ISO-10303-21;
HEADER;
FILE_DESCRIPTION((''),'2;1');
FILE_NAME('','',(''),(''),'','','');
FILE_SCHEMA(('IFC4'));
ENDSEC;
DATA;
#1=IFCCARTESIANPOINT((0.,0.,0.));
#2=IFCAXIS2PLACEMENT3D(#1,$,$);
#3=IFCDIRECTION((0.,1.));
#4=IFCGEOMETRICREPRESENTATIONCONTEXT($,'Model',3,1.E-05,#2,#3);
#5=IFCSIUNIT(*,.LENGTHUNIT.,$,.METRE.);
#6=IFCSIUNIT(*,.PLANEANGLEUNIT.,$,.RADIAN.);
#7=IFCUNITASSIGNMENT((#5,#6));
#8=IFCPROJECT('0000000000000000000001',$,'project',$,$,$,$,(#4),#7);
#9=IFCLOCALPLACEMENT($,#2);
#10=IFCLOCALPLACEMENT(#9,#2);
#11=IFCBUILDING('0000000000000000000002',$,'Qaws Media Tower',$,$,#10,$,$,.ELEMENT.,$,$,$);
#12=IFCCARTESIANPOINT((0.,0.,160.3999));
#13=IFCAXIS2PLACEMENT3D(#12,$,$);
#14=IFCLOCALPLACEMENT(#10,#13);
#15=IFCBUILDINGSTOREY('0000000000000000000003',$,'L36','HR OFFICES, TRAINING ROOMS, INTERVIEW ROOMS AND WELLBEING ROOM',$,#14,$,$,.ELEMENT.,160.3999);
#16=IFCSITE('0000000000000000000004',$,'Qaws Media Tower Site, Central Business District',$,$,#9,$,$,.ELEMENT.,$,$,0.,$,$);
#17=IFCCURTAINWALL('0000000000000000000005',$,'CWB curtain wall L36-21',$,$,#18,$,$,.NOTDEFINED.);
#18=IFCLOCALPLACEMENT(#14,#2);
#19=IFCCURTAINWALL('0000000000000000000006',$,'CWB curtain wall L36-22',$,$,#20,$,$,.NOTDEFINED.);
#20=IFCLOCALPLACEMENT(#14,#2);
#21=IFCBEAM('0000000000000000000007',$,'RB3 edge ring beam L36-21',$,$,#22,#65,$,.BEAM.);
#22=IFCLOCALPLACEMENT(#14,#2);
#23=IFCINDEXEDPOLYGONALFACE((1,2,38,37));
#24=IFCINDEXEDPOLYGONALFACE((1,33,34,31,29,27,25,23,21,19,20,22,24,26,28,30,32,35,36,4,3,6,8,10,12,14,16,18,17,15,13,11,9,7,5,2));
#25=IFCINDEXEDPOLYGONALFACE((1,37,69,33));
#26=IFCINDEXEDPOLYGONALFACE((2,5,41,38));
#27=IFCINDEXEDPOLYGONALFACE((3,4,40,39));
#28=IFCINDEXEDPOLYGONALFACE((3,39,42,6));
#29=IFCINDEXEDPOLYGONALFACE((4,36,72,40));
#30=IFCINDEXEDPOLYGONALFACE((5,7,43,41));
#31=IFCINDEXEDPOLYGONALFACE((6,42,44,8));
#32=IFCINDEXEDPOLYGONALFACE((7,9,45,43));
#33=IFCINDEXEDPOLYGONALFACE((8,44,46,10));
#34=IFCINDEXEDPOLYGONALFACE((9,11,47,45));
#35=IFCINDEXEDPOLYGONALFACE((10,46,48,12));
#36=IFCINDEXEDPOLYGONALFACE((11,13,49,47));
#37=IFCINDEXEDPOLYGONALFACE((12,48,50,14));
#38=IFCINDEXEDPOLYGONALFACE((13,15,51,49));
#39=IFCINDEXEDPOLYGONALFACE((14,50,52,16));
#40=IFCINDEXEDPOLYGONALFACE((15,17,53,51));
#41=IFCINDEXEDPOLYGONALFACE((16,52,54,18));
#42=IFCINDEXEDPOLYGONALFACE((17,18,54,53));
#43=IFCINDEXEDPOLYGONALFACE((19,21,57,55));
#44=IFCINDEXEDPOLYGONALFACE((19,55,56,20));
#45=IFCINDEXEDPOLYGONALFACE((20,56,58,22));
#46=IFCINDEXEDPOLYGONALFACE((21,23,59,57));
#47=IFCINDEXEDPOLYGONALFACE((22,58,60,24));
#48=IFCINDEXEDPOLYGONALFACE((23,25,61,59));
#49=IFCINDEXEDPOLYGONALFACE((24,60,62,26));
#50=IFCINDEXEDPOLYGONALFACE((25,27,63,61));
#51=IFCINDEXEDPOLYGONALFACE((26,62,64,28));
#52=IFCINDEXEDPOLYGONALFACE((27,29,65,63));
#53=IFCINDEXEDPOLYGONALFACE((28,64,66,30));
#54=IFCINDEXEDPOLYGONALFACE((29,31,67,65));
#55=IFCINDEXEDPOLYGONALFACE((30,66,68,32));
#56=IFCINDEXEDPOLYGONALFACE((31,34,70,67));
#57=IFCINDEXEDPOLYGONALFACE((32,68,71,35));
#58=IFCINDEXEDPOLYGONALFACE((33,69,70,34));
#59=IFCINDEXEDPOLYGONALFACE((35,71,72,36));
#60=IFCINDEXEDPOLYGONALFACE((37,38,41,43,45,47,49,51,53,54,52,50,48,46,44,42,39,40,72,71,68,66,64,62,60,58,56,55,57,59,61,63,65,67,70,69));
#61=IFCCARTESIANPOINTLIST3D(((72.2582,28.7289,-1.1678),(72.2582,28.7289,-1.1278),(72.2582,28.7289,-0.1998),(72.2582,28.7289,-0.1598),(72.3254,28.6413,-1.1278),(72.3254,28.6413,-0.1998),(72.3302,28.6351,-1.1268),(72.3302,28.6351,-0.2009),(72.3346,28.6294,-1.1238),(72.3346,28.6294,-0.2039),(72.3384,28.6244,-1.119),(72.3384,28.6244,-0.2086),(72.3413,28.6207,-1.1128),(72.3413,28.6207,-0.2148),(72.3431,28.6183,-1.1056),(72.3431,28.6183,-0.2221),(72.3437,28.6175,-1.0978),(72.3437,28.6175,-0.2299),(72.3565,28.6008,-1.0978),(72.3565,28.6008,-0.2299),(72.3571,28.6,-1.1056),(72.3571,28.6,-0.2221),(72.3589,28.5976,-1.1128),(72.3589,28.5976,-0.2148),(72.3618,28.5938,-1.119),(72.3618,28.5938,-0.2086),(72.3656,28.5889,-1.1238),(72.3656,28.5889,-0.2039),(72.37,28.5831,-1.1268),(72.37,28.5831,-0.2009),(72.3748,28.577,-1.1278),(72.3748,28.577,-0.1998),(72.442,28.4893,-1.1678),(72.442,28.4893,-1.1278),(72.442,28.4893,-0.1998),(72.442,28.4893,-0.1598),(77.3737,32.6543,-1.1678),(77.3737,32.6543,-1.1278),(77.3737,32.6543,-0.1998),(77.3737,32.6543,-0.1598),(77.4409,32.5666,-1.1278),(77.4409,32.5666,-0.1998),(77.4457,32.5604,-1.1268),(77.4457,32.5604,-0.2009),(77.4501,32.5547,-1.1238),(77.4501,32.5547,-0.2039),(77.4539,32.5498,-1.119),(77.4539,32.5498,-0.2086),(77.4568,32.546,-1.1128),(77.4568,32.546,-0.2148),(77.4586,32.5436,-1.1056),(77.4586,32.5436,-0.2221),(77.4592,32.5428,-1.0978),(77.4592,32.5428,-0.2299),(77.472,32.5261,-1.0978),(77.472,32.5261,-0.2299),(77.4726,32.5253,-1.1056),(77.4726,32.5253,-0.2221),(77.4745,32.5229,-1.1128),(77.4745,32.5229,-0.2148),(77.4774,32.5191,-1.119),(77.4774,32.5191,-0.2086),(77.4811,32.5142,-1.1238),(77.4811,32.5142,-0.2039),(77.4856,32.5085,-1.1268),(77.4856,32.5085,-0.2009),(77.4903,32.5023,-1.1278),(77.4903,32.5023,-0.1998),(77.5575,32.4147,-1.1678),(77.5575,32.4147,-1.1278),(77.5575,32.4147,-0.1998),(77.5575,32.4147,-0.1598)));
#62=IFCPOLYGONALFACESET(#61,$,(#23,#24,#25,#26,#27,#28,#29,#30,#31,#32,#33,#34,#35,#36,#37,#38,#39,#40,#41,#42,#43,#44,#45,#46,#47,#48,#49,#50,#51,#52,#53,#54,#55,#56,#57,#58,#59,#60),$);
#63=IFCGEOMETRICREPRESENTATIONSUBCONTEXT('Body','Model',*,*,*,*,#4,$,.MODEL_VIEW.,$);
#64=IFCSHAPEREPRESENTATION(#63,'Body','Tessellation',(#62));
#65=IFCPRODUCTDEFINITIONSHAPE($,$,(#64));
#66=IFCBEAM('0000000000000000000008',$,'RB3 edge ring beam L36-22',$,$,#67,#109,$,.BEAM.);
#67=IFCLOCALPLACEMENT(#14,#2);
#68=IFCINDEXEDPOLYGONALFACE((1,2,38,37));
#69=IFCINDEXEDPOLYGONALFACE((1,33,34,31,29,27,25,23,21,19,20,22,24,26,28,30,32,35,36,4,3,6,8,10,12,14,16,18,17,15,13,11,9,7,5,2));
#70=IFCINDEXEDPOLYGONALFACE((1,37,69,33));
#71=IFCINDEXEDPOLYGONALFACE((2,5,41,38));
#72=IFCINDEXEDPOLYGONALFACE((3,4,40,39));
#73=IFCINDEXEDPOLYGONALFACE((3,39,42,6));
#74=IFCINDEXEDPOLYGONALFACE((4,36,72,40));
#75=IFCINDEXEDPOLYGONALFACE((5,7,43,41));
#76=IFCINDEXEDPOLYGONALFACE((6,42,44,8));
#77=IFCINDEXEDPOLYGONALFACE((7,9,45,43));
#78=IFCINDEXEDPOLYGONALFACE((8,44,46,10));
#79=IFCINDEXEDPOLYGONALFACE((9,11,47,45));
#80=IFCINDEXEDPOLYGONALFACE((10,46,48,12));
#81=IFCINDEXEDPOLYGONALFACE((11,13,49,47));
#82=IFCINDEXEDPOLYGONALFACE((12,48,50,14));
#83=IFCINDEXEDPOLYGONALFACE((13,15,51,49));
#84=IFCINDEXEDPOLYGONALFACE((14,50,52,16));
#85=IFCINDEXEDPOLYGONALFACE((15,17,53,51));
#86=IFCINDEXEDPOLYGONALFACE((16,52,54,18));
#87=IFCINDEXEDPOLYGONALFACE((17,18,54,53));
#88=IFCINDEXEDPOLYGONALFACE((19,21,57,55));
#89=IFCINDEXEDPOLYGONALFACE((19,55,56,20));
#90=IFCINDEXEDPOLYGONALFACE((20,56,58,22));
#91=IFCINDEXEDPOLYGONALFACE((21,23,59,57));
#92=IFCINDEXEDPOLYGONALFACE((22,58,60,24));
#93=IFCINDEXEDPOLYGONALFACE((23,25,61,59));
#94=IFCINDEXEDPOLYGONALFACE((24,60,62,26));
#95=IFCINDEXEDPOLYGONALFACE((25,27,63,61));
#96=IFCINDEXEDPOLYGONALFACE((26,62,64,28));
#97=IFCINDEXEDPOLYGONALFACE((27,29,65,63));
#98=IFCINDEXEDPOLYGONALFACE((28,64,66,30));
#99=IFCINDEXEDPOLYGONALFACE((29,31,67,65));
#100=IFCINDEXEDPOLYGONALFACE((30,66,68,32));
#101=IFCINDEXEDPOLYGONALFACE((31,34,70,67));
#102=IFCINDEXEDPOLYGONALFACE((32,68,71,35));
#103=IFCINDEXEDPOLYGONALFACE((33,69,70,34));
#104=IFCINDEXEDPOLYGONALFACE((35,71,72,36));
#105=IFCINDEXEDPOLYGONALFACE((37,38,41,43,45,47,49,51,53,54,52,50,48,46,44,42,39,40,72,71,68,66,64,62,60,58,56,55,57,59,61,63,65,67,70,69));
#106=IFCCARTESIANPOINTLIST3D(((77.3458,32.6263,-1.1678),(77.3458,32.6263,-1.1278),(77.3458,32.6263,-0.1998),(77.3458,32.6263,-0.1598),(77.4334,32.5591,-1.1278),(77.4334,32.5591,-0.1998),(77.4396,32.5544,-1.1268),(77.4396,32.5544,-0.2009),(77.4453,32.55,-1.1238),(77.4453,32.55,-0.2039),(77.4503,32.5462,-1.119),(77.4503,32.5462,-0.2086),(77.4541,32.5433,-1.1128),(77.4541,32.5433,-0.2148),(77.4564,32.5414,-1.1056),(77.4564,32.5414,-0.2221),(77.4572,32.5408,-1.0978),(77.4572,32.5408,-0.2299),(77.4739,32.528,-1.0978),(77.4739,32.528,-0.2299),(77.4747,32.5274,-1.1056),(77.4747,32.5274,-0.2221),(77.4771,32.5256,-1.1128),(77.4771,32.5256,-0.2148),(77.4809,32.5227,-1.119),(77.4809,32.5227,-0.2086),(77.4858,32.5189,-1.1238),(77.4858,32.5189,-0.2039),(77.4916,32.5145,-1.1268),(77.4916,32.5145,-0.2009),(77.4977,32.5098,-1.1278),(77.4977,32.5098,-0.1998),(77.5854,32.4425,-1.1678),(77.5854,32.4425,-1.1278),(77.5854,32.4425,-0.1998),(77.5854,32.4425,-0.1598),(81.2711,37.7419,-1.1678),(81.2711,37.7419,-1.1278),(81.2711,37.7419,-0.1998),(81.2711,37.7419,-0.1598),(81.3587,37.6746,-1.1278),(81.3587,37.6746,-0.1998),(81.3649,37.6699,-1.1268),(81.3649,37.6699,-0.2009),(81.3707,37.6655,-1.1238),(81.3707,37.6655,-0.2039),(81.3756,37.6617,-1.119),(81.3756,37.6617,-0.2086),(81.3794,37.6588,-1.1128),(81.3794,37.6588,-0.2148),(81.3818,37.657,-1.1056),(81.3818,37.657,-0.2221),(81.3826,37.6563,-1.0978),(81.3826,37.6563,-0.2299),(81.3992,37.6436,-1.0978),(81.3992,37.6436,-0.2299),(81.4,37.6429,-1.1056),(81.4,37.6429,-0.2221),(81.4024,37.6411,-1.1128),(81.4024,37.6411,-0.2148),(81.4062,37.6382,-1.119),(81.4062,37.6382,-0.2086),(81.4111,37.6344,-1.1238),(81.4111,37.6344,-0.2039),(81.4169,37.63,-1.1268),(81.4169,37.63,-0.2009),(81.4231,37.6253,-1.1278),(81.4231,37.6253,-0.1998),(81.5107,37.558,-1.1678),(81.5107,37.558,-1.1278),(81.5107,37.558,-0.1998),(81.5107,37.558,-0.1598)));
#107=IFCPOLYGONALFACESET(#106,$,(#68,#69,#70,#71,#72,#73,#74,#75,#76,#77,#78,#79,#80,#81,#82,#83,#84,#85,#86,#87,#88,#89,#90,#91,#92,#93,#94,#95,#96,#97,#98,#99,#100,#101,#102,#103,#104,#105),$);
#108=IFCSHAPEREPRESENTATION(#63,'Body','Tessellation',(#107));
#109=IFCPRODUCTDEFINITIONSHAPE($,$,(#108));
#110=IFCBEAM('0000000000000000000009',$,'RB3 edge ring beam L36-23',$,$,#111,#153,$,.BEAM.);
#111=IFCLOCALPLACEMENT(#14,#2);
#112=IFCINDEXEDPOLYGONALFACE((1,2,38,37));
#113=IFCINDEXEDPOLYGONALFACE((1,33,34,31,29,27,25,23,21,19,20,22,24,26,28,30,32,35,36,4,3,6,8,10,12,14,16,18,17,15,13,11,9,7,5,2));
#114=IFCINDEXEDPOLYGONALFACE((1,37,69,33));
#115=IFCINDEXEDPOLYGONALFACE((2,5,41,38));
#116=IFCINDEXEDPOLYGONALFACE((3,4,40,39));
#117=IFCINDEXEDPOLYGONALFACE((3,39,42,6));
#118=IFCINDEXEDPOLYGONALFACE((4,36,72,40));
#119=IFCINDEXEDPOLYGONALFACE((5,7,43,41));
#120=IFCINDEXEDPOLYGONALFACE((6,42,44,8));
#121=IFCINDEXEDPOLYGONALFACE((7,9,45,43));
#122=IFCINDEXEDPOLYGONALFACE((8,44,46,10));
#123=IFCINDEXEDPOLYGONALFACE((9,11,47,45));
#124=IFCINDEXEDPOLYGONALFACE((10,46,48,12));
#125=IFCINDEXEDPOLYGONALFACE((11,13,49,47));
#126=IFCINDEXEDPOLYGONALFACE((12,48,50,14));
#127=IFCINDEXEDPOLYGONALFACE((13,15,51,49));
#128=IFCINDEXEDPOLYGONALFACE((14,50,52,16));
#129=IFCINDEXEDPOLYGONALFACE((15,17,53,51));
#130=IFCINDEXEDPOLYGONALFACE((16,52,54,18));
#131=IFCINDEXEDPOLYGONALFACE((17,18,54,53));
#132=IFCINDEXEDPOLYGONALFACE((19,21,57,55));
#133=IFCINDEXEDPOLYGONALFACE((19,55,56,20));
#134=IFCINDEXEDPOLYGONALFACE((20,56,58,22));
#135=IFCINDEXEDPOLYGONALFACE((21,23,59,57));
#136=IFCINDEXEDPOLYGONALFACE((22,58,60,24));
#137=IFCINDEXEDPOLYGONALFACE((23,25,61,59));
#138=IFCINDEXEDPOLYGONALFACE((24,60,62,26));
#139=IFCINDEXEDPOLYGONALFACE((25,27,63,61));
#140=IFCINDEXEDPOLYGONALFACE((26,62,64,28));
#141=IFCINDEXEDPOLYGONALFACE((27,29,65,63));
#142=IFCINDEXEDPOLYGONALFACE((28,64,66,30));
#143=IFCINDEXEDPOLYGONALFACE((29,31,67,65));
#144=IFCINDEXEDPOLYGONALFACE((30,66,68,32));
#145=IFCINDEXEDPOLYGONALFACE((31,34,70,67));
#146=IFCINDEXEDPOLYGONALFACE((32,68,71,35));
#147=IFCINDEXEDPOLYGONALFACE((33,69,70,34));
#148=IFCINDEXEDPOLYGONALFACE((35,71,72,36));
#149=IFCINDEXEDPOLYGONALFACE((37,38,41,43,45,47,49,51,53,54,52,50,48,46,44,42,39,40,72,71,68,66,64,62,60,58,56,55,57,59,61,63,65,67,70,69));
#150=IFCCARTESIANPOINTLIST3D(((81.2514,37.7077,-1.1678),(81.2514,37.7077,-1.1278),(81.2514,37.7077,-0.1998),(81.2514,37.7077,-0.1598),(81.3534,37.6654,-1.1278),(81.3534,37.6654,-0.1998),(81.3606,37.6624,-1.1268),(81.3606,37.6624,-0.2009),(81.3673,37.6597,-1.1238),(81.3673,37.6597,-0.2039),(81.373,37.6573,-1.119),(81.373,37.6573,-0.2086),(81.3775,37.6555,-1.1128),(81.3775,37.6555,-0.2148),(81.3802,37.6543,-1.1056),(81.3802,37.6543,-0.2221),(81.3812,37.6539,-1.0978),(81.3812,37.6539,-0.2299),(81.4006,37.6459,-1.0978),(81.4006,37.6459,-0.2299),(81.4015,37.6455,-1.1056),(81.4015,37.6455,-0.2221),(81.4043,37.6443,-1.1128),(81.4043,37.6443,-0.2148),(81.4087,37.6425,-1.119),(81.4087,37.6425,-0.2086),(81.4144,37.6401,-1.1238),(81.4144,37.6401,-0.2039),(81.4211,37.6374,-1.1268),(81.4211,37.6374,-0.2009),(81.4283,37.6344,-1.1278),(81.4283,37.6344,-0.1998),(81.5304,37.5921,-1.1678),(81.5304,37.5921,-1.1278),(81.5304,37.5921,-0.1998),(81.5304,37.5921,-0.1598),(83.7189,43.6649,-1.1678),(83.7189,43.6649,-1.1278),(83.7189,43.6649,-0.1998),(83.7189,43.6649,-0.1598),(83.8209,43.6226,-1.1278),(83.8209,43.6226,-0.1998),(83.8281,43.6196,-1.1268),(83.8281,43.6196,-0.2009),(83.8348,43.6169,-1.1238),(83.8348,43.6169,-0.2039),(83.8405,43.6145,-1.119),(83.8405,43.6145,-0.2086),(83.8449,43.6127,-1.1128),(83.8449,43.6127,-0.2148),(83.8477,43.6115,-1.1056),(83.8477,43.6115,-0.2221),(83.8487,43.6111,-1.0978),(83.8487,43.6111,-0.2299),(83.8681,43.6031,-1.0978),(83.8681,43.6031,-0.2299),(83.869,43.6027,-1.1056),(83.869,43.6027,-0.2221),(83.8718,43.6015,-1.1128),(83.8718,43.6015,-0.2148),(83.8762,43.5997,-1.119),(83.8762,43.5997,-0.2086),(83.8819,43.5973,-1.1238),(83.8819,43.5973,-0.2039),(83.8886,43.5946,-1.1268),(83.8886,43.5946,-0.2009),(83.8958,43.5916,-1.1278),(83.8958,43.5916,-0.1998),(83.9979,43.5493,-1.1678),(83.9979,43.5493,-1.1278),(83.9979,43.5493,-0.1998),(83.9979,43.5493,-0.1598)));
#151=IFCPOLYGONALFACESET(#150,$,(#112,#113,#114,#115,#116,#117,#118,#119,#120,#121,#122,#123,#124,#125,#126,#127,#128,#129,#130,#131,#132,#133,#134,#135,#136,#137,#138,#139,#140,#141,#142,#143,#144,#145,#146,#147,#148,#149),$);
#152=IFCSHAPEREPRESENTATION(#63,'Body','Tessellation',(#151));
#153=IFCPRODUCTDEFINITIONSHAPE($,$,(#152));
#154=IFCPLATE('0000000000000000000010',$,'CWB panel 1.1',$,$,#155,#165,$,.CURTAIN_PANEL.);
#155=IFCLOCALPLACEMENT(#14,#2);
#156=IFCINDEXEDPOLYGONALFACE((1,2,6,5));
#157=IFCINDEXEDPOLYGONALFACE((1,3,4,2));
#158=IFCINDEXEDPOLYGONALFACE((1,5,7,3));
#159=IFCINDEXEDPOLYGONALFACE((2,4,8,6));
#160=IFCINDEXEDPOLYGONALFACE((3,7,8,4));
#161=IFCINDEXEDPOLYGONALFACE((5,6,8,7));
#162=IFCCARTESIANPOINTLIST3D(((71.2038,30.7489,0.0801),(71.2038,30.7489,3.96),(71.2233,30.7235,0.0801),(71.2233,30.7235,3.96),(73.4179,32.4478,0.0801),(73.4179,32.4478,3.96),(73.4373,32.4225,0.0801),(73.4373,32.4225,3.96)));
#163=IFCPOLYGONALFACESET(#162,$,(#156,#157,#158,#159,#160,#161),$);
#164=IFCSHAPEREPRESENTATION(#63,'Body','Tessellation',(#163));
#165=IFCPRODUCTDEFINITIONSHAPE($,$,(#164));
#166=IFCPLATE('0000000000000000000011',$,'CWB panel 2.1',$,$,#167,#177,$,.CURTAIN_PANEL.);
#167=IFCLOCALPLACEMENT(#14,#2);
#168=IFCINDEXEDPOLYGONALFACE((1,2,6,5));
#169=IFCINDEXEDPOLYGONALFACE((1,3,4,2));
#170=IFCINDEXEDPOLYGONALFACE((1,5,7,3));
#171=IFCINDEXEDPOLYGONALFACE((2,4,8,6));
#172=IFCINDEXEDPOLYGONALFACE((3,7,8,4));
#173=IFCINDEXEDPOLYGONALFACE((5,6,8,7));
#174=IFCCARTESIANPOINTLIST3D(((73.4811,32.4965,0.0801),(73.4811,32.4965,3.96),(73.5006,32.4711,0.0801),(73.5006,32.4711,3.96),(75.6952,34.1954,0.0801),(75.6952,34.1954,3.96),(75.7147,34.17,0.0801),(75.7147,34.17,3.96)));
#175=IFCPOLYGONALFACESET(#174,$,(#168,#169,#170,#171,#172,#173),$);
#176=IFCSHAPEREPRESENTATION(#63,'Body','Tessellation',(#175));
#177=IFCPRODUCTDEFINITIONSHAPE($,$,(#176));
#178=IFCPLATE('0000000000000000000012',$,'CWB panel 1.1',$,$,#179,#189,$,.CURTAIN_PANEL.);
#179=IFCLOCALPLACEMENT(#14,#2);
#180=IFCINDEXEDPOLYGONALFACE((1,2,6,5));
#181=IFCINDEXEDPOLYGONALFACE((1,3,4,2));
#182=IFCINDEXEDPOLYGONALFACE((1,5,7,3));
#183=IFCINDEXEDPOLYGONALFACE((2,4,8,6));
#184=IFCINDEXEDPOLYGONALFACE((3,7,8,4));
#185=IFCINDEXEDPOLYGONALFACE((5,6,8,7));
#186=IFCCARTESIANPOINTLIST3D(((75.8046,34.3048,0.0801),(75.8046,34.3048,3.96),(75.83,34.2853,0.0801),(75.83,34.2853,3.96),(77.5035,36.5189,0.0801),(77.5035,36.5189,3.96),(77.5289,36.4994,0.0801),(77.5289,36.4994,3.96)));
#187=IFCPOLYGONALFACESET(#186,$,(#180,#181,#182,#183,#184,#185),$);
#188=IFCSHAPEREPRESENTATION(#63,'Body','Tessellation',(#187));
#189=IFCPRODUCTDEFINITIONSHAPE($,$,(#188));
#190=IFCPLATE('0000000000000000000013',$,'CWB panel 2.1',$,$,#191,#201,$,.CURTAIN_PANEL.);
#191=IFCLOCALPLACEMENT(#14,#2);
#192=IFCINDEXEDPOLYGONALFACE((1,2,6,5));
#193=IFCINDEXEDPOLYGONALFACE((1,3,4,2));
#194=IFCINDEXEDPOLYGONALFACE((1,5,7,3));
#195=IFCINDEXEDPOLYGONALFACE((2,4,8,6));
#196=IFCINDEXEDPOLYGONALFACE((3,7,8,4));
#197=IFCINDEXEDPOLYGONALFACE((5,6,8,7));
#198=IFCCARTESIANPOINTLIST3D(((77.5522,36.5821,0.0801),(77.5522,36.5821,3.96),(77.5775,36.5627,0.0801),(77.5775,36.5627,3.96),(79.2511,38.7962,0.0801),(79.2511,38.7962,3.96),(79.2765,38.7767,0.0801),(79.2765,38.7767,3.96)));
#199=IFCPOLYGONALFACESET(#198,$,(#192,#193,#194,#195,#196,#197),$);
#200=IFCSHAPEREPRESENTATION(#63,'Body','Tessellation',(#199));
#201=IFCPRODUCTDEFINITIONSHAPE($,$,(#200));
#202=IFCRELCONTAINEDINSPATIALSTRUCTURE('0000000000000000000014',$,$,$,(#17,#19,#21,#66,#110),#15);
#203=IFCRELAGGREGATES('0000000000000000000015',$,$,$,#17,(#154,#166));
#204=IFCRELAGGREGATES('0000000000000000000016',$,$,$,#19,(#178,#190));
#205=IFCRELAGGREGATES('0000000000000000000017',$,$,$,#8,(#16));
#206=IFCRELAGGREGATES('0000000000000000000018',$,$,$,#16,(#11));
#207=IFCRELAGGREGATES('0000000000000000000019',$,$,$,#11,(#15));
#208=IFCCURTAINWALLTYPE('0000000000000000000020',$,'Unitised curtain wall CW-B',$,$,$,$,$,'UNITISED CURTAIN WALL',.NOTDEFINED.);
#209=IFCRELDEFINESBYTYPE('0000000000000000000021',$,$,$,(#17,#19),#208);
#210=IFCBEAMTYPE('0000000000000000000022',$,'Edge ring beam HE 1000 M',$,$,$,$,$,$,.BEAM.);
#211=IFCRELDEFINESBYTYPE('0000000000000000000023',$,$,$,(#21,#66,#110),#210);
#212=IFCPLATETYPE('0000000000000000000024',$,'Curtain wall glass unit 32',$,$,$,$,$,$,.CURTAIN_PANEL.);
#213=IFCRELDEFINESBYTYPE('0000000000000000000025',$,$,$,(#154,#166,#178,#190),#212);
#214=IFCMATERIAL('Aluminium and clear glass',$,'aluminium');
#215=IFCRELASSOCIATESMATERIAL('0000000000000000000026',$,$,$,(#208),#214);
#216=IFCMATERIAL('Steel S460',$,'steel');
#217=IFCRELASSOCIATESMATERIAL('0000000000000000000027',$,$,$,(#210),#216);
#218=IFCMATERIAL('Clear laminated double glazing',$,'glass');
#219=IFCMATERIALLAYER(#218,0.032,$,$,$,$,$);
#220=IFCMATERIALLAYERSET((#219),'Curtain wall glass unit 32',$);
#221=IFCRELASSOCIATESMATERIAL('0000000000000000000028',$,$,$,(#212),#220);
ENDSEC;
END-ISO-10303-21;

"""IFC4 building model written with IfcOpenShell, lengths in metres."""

from ifc_helpers import new_model, si_unit, direction, frame, origin, origin_2d, place, context, subcontext, project, spatial, rectangle, i_section, extrude, material, layer, layer_set, material_profile, profile_set, type_object, element, aggregate, save


model = new_model("IFC4")

# Units and contexts
model_context = context("Model", 3, precision=1e-05, world=origin(), true_north=direction((0.0, 1.0)))
body_context = subcontext(model_context, "Body", "Model", "MODEL_VIEW")
ifc_project = project(units=[si_unit("LENGTHUNIT", "METRE"), si_unit("PLANEANGLEUNIT", "RADIAN")], contexts=[model_context])

# Site, building, storey
site_placement = place(None, origin())
site = spatial("IfcSite", under=ifc_project, at=site_placement, Name="Qaws Media Tower Site, Central Business District", CompositionType="ELEMENT", RefElevation=0.0)
building_placement = place(site_placement, origin())
building = spatial("IfcBuilding", under=site, at=building_placement, Name="Qaws Media Tower", CompositionType="ELEMENT")
storey_placement = place(building_placement, frame((0.0, 0.0, 160.3999)))
storey = spatial("IfcBuildingStorey", under=building, at=storey_placement, Name="L36", Description="HR OFFICES, TRAINING ROOMS, INTERVIEW ROOMS AND WELLBEING ROOM", CompositionType="ELEMENT", Elevation=160.3999)

# Curtain walls
ifc_material_1 = material(Name="Aluminium and clear glass", Category="aluminium")
curtain_wall_type = type_object("IfcCurtainWallType", Name="Unitised curtain wall CW-B", ElementType="UNITISED CURTAIN WALL", PredefinedType="NOTDEFINED", material=ifc_material_1)
curtain_wall_1_placement = place(storey_placement, origin())
curtain_wall_1 = element("IfcCurtainWall", 1, at=curtain_wall_1_placement, inside=storey, type_object=curtain_wall_type, Name="CWB curtain wall L36-21", PredefinedType="NOTDEFINED")
curtain_wall_2_placement = place(storey_placement, origin())
curtain_wall_2 = element("IfcCurtainWall", 2, at=curtain_wall_2_placement, inside=storey, type_object=curtain_wall_type, Name="CWB curtain wall L36-22", PredefinedType="NOTDEFINED")

# Beams
ifc_material_2 = material(Name="Steel S460", Category="steel")
ifc_material_profile_1 = material_profile(ifc_material_2, i_section(OverallWidth=0.302, OverallDepth=1.0081, WebThickness=0.021, FlangeThickness=0.04, FilletRadius=0.03, at=origin_2d()), Name="HE 1000 M")
ifc_profile_set_1 = profile_set([ifc_material_profile_1], Name="Steel S460")
beam_type = type_object("IfcBeamType", Name="Edge ring beam HE 1000 M", PredefinedType="BEAM", material=ifc_profile_set_1)
for number, where, z_axis, x_axis, name in (
    (3, (72.3501, 28.6091, -0.6638), (0.79335, 0.608766, 0.0), (-0.608766, 0.79335, 0.0), "RB3 edge ring beam L36-21"),
    (4, (77.4656, 32.5344, -0.6638), (0.608766, 0.79335, 0.0), (-0.79335, 0.608766, 0.0), "RB3 edge ring beam L36-22"),
    (5, (81.3909, 37.6499, -0.6638), (0.382676, 0.923883, 0.0), (-0.923883, 0.382676, 0.0), "RB3 edge ring beam L36-23"),
):
    element("IfcBeam", number, at=place(storey_placement, frame(where, z_axis=z_axis, x_axis=x_axis)), inside=storey, type_object=beam_type, Name=name, PredefinedType="BEAM", context=body_context, shape_type="SweptSolid", body=[
        extrude(i_section(OverallWidth=0.302, OverallDepth=1.0081, WebThickness=0.021, FlangeThickness=0.04, FilletRadius=0.03, at=origin_2d()), origin(), (0.0, 0.0, 1.0), 6.448),
    ])

# Plates
ifc_material_3 = material(Name="Clear laminated double glazing", Category="glass")
ifc_layer_1 = layer(ifc_material_3, 0.032)
ifc_layer_set_1 = layer_set([ifc_layer_1], Name="Curtain wall glass unit 32")
plate_type_1 = type_object("IfcPlateType", Name="Curtain wall glass unit 32", PredefinedType="CURTAIN_PANEL", material=ifc_layer_set_1)
plate_1_placement = place(storey_placement, frame((72.3206, 31.5857, 0.0801), z_axis=(0.0, 0.0, 1.0), x_axis=(0.793353, 0.608762, 0.0)))
plate_1 = element("IfcPlate", 6, at=plate_1_placement, type_object=plate_type_1, Name="CWB panel 1.1", PredefinedType="CURTAIN_PANEL", context=body_context, shape_type="SweptSolid", body=[
    extrude(rectangle(XDim=2.7908, YDim=0.032, at=origin_2d()), origin(), (0.0, 0.0, 1.0), 3.8799),
])
plate_2_placement = place(storey_placement, frame((74.5979, 33.3333, 0.0801), z_axis=(0.0, 0.0, 1.0), x_axis=(0.793353, 0.608762, 0.0)))
plate_2 = element("IfcPlate", 7, at=plate_2_placement, type_object=plate_type_1, Name="CWB panel 2.1", PredefinedType="CURTAIN_PANEL", context=body_context, shape_type="SweptSolid", body=[
    extrude(rectangle(XDim=2.7908, YDim=0.032, at=origin_2d()), origin(), (0.0, 0.0, 1.0), 3.8799),
])
aggregate(curtain_wall_1, [plate_1, plate_2])
plate_3_placement = place(storey_placement, frame((76.6667, 35.4021, 0.0801), z_axis=(0.0, 0.0, 1.0), x_axis=(0.608762, 0.793353, 0.0)))
plate_3 = element("IfcPlate", 8, at=plate_3_placement, type_object=plate_type_1, Name="CWB panel 1.1", PredefinedType="CURTAIN_PANEL", context=body_context, shape_type="SweptSolid", body=[
    extrude(rectangle(XDim=2.7908, YDim=0.032, at=origin_2d()), origin(), (0.0, 0.0, 1.0), 3.8799),
])
plate_4_placement = place(storey_placement, frame((78.4143, 37.6794, 0.0801), z_axis=(0.0, 0.0, 1.0), x_axis=(0.608762, 0.793353, 0.0)))
plate_4 = element("IfcPlate", 9, at=plate_4_placement, type_object=plate_type_1, Name="CWB panel 2.1", PredefinedType="CURTAIN_PANEL", context=body_context, shape_type="SweptSolid", body=[
    extrude(rectangle(XDim=2.7908, YDim=0.032, at=origin_2d()), origin(), (0.0, 0.0, 1.0), 3.8799),
])
aggregate(curtain_wall_2, [plate_3, plate_4])

save(model, "model.ifc")
